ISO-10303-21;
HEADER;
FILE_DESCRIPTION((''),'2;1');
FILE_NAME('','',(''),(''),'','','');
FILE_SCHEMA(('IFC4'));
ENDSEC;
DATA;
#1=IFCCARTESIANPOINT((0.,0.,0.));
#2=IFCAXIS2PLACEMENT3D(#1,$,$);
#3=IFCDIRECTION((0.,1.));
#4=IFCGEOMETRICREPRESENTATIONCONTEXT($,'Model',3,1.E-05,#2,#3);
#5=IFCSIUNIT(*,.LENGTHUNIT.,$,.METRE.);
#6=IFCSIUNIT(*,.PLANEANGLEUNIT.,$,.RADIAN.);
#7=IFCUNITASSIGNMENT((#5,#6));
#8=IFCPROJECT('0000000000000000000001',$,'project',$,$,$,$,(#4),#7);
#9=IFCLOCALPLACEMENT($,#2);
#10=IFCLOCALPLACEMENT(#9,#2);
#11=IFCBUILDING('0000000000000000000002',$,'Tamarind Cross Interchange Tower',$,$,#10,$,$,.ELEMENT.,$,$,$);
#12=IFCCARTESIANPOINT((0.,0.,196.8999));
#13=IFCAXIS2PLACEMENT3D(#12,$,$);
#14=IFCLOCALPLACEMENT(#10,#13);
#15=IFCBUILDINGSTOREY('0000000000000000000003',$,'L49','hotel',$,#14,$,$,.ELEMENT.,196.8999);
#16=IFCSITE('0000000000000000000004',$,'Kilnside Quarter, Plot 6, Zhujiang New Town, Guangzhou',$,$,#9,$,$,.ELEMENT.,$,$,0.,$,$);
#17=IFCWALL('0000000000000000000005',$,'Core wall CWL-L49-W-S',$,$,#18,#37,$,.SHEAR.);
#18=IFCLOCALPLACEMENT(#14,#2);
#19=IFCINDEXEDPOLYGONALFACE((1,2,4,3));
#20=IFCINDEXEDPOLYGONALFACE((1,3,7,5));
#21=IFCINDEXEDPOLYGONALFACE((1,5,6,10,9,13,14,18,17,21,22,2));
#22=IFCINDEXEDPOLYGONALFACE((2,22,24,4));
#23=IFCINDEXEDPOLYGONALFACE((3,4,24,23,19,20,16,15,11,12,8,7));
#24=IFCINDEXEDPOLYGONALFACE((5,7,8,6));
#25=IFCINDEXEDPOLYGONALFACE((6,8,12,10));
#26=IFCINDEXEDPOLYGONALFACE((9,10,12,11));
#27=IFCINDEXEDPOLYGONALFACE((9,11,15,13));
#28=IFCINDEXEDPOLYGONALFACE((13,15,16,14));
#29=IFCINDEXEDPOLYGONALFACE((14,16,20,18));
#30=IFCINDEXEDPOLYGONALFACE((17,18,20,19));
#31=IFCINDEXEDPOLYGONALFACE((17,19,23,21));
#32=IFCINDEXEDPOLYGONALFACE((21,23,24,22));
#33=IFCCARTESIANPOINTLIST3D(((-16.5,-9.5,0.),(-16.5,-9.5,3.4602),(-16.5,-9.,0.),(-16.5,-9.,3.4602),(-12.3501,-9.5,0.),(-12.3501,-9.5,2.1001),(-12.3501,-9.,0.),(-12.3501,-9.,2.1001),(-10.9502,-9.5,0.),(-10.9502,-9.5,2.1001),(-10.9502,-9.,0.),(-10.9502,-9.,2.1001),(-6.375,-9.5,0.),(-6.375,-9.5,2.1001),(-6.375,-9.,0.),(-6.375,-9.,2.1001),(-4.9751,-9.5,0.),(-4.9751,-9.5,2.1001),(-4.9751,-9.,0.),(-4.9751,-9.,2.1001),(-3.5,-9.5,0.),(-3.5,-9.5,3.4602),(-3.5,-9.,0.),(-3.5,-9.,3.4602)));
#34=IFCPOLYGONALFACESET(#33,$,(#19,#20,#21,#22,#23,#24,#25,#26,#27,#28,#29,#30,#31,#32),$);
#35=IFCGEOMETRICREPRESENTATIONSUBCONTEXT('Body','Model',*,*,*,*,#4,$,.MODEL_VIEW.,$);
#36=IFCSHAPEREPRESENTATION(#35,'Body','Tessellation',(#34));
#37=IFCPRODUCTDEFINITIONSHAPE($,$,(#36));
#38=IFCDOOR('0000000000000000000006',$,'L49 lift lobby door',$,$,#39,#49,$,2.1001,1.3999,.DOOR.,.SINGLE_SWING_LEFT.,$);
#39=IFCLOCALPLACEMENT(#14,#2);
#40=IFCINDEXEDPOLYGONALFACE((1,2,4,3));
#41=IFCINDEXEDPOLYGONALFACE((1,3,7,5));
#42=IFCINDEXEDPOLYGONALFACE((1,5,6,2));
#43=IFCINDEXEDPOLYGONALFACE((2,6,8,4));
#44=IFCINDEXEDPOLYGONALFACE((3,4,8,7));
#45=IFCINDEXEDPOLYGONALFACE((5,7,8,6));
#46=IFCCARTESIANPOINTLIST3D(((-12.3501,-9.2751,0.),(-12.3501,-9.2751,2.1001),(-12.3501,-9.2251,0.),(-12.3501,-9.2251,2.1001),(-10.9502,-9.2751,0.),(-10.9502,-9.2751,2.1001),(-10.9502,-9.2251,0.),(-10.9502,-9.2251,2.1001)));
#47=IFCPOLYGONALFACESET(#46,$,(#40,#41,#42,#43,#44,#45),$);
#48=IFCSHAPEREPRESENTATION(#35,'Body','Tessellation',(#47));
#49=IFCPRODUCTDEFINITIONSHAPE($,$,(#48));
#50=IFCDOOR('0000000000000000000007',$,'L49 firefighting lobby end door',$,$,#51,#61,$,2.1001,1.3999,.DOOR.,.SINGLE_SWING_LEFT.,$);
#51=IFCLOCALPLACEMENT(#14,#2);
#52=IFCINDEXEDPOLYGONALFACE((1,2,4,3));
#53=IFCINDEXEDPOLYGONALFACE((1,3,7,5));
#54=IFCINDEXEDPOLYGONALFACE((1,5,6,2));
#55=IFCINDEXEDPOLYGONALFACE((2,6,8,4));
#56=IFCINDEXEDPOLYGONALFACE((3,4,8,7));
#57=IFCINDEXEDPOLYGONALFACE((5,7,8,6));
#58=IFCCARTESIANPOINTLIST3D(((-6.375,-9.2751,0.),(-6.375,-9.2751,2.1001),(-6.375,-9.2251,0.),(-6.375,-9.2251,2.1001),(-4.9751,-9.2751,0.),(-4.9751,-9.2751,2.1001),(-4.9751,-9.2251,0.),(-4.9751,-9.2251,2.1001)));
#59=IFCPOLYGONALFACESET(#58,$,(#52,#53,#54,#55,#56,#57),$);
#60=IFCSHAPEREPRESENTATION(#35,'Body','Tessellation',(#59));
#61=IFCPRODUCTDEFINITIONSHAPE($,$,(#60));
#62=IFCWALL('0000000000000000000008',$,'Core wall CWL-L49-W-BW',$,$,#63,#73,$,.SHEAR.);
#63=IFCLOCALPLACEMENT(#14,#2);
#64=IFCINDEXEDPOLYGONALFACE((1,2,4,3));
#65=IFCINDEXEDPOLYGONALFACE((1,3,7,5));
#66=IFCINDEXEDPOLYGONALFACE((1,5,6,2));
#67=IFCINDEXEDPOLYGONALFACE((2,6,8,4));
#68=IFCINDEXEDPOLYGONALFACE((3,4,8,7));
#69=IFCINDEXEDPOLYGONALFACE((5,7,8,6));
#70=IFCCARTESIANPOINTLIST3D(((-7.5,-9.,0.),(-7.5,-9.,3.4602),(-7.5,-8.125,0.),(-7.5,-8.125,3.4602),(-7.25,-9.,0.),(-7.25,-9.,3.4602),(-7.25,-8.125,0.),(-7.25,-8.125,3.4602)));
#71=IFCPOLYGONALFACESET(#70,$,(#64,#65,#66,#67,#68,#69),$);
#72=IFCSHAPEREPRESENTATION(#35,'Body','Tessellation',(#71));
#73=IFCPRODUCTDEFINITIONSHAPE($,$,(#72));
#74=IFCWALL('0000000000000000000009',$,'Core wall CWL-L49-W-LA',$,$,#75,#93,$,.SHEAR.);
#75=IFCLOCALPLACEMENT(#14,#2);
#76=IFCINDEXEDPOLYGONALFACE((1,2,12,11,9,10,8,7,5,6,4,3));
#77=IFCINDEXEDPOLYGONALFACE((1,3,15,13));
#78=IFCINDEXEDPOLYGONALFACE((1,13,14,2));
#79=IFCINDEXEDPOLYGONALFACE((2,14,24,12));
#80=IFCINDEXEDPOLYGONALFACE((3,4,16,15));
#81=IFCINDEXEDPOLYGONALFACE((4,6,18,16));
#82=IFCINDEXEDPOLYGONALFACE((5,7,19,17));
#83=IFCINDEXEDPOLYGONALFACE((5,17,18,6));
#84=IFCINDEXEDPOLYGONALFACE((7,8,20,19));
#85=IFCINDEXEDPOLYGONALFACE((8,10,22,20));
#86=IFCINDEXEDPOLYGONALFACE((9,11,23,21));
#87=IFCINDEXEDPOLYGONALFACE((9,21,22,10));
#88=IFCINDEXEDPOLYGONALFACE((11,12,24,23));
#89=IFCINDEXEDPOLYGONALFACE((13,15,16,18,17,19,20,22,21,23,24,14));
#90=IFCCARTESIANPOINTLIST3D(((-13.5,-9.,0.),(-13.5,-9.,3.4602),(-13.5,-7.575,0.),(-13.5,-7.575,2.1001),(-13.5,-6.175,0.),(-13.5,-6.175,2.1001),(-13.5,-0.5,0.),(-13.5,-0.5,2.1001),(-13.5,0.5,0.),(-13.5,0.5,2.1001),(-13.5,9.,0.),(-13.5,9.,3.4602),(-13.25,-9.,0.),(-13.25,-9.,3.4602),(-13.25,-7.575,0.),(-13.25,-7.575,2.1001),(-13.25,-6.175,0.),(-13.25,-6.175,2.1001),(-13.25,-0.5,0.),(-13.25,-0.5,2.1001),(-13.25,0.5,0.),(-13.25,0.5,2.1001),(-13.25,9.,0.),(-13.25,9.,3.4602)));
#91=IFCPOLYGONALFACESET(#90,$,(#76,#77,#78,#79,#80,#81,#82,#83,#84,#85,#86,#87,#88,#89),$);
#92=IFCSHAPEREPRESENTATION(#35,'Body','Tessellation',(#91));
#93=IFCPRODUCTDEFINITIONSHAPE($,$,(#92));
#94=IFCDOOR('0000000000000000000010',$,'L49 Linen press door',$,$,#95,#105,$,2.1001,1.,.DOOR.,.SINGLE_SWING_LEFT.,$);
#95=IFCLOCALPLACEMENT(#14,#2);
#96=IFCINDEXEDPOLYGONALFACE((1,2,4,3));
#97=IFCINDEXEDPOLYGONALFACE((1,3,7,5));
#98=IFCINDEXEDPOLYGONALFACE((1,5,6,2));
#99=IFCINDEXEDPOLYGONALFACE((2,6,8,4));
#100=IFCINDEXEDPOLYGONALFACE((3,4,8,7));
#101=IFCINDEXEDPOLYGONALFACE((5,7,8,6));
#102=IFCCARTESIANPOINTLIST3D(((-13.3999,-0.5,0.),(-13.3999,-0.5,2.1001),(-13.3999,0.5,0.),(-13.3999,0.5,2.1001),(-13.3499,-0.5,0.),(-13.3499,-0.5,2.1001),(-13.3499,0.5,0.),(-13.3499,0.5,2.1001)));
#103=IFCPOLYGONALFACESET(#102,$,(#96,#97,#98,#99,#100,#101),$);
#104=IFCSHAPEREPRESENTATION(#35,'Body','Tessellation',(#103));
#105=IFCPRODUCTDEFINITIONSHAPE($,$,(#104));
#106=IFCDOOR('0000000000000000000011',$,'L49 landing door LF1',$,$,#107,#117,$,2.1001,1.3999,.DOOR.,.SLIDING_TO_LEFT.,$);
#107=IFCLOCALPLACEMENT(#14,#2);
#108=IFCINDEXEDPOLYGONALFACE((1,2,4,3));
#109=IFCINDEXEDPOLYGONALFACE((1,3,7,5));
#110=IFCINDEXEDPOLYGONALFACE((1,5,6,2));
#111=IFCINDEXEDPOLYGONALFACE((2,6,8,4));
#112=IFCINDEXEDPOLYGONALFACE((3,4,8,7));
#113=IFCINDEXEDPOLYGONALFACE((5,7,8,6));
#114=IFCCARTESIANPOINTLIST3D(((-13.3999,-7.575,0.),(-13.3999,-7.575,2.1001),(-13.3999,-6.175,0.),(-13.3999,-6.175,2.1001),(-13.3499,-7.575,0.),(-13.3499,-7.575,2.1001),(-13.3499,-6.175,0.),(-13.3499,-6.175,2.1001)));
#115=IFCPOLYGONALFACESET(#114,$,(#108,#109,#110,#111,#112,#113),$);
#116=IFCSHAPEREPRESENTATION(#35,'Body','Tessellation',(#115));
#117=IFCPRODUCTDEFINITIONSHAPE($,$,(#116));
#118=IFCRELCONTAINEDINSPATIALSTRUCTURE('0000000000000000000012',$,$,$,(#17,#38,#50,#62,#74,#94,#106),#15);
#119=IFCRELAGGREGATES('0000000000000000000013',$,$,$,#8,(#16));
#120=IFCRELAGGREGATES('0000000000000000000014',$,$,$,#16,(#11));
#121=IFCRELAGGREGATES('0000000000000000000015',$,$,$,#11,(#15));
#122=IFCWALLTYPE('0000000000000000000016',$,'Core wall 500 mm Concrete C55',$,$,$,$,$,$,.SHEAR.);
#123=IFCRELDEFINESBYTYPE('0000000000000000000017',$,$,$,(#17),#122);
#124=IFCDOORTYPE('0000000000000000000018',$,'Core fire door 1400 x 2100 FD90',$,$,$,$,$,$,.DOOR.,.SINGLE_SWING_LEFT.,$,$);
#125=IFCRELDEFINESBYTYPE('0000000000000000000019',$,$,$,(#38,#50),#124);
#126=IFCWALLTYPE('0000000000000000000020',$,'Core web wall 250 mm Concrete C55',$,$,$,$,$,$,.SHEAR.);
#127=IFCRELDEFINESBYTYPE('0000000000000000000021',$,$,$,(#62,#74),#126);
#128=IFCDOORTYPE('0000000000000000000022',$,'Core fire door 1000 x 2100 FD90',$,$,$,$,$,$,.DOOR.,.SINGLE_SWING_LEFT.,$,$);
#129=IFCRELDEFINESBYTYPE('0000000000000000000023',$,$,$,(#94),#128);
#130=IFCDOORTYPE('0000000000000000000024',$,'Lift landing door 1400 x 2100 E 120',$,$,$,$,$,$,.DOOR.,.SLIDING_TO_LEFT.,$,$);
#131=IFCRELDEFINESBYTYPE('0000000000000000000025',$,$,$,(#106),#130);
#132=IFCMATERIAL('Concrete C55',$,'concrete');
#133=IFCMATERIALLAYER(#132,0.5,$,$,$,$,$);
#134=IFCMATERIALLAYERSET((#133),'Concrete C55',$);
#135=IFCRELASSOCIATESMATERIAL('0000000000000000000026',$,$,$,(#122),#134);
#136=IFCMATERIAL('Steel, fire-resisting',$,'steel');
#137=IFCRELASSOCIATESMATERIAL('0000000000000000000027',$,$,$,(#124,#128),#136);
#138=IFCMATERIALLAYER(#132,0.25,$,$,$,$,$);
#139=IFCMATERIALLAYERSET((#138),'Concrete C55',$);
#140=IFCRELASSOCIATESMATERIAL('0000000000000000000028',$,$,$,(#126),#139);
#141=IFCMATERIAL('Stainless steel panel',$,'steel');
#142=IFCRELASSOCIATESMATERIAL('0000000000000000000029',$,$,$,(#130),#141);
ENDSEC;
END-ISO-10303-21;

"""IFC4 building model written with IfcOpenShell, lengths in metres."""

from ifc_helpers import new_model, si_unit, direction, frame, frame_2d, origin, place, context, subcontext, project, spatial, rectangle, extrude, material, layer, layer_set, type_object, element, fill, save


model = new_model("IFC4")

# Units and contexts
model_context = context("Model", 3, precision=1e-05, world=origin(), true_north=direction((0.0, 1.0)))
body_context = subcontext(model_context, "Body", "Model", "MODEL_VIEW")
ifc_project = project(units=[si_unit("LENGTHUNIT", "METRE"), si_unit("PLANEANGLEUNIT", "RADIAN")], contexts=[model_context])

# Site, building, storey
site_placement = place(None, origin())
site = spatial("IfcSite", under=ifc_project, at=site_placement, Name="Kilnside Quarter, Plot 6, Zhujiang New Town, Guangzhou", CompositionType="ELEMENT", RefElevation=0.0)
building_placement = place(site_placement, origin())
building = spatial("IfcBuilding", under=site, at=building_placement, Name="Tamarind Cross Interchange Tower", CompositionType="ELEMENT")
storey_placement = place(building_placement, frame((0.0, 0.0, 196.8999)))
storey = spatial("IfcBuildingStorey", under=building, at=storey_placement, Name="L49", Description="hotel", CompositionType="ELEMENT", Elevation=196.8999)

# Shared definitions
ifc_material_1 = material(Name="Concrete C55", Category="concrete")

# Wall, openings, doors
ifc_layer_1 = layer(ifc_material_1, 0.5)
ifc_layer_set_1 = layer_set([ifc_layer_1], Name="Concrete C55")
wall_type_1 = type_object("IfcWallType", Name="Core wall 500 mm Concrete C55", PredefinedType="SHEAR", material=ifc_layer_set_1)
wall_1_placement = place(storey_placement, frame((-16.5, -9.25, 0.0), z_axis=(0.0, 0.0, 1.0), x_axis=(1.0, 0.0, 0.0)))
wall_1 = element("IfcWall", 1, at=wall_1_placement, inside=storey, type_object=wall_type_1, Name="Core wall CWL-L49-W-S", PredefinedType="SHEAR", context=body_context, shape_type="SweptSolid", body=[
    extrude(rectangle(XDim=13.0, YDim=0.5, at=frame_2d((6.5, 0.0))), origin(), (0.0, 0.0, 1.0), 3.4602),
])
opening_1_placement = place(wall_1_placement, frame((4.1499, 0.0, 0.0)))
opening_1 = element("IfcOpeningElement", 2, at=opening_1_placement, cuts=wall_1, PredefinedType="OPENING", context=body_context, shape_type="SweptSolid", body=[
    extrude(rectangle(XDim=1.3999, YDim=2.1001, at=frame_2d((0.7, 1.05))), frame((0.0, 0.26, 0.0), z_axis=(0.0, -1.0, 0.0), x_axis=(1.0, 0.0, 0.0)), (0.0, 0.0, 1.0), 0.52),
])
opening_2_placement = place(wall_1_placement, frame((10.125, 0.0, 0.0)))
opening_2 = element("IfcOpeningElement", 3, at=opening_2_placement, cuts=wall_1, PredefinedType="OPENING", context=body_context, shape_type="SweptSolid", body=[
    extrude(rectangle(XDim=1.3999, YDim=2.1001, at=frame_2d((0.7, 1.05))), frame((0.0, 0.26, 0.0), z_axis=(0.0, -1.0, 0.0), x_axis=(1.0, 0.0, 0.0)), (0.0, 0.0, 1.0), 0.52),
])
ifc_material_2 = material(Name="Steel, fire-resisting", Category="steel")
door_type_1 = type_object("IfcDoorType", Name="Core fire door 1400 x 2100 FD90", OperationType="SINGLE_SWING_LEFT", PredefinedType="DOOR", material=ifc_material_2)
door_1_placement = place(opening_1_placement, origin())
door_1 = element("IfcDoor", 4, at=door_1_placement, inside=storey, type_object=door_type_1, Name="L49 lift lobby door", OperationType="SINGLE_SWING_LEFT", OverallHeight=2.1001, OverallWidth=1.3999, PredefinedType="DOOR", context=body_context, shape_type="SweptSolid", body=[
    extrude(rectangle(XDim=1.3999, YDim=2.1001, at=frame_2d((0.7, 1.05))), frame((0.0, 0.0249, 0.0), z_axis=(0.0, -1.0, 0.0), x_axis=(1.0, 0.0, 0.0)), (0.0, 0.0, 1.0), 0.05),
])
fill(opening_1, door_1)
door_2_placement = place(opening_2_placement, origin())
door_2 = element("IfcDoor", 5, at=door_2_placement, inside=storey, type_object=door_type_1, Name="L49 firefighting lobby end door", OperationType="SINGLE_SWING_LEFT", OverallHeight=2.1001, OverallWidth=1.3999, PredefinedType="DOOR", context=body_context, shape_type="SweptSolid", body=[
    extrude(rectangle(XDim=1.3999, YDim=2.1001, at=frame_2d((0.7, 1.05))), frame((0.0, 0.0249, 0.0), z_axis=(0.0, -1.0, 0.0), x_axis=(1.0, 0.0, 0.0)), (0.0, 0.0, 1.0), 0.05),
])
fill(opening_2, door_2)

# Wall
ifc_layer_2 = layer(ifc_material_1, 0.25)
ifc_layer_set_2 = layer_set([ifc_layer_2], Name="Concrete C55")
wall_type_2 = type_object("IfcWallType", Name="Core web wall 250 mm Concrete C55", PredefinedType="SHEAR", material=ifc_layer_set_2)
wall_2_placement = place(storey_placement, frame((-7.375, -9.0, 0.0), z_axis=(0.0, 0.0, 1.0), x_axis=(0.0, 1.0, 0.0)))
element("IfcWall", 6, at=wall_2_placement, inside=storey, type_object=wall_type_2, Name="Core wall CWL-L49-W-BW", PredefinedType="SHEAR", context=body_context, shape_type="SweptSolid", body=[
    extrude(rectangle(XDim=0.875, YDim=0.25, at=frame_2d((0.4375, 0.0))), origin(), (0.0, 0.0, 1.0), 3.4602),
])

# Wall, openings, doors
wall_3_placement = place(storey_placement, frame((-13.375, -9.0, 0.0), z_axis=(0.0, 0.0, 1.0), x_axis=(0.0, 1.0, 0.0)))
wall_3 = element("IfcWall", 7, at=wall_3_placement, inside=storey, type_object=wall_type_2, Name="Core wall CWL-L49-W-LA", PredefinedType="SHEAR", context=body_context, shape_type="SweptSolid", body=[
    extrude(rectangle(XDim=18.0, YDim=0.25, at=frame_2d((9.0, 0.0))), origin(), (0.0, 0.0, 1.0), 3.4602),
])
opening_3_placement = place(wall_3_placement, frame((1.425, 0.0, 0.0)))
opening_3 = element("IfcOpeningElement", 8, at=opening_3_placement, cuts=wall_3, PredefinedType="OPENING", context=body_context, shape_type="SweptSolid", body=[
    extrude(rectangle(XDim=1.3999, YDim=2.1001, at=frame_2d((0.7, 1.05))), frame((0.0, 0.135, 0.0), z_axis=(0.0, -1.0, 0.0), x_axis=(1.0, 0.0, 0.0)), (0.0, 0.0, 1.0), 0.27),
])
opening_4_placement = place(wall_3_placement, frame((8.5, 0.0, 0.0)))
opening_4 = element("IfcOpeningElement", 9, at=opening_4_placement, cuts=wall_3, PredefinedType="OPENING", context=body_context, shape_type="SweptSolid", body=[
    extrude(rectangle(XDim=1.0, YDim=2.1001, at=frame_2d((0.5, 1.05))), frame((0.0, 0.135, 0.0), z_axis=(0.0, -1.0, 0.0), x_axis=(1.0, 0.0, 0.0)), (0.0, 0.0, 1.0), 0.27),
])
door_type_2 = type_object("IfcDoorType", Name="Core fire door 1000 x 2100 FD90", OperationType="SINGLE_SWING_LEFT", PredefinedType="DOOR", material=ifc_material_2)
door_3_placement = place(opening_4_placement, origin())
door_3 = element("IfcDoor", 10, at=door_3_placement, inside=storey, type_object=door_type_2, Name="L49 Linen press door", OperationType="SINGLE_SWING_LEFT", OverallHeight=2.1001, OverallWidth=1.0, PredefinedType="DOOR", context=body_context, shape_type="SweptSolid", body=[
    extrude(rectangle(XDim=1.0, YDim=2.1001, at=frame_2d((0.5, 1.05))), frame((0.0, 0.0249, 0.0), z_axis=(0.0, -1.0, 0.0), x_axis=(1.0, 0.0, 0.0)), (0.0, 0.0, 1.0), 0.05),
])
fill(opening_4, door_3)
ifc_material_3 = material(Name="Stainless steel panel", Category="steel")
door_type_3 = type_object("IfcDoorType", Name="Lift landing door 1400 x 2100 E 120", OperationType="SLIDING_TO_LEFT", PredefinedType="DOOR", material=ifc_material_3)
door_4_placement = place(opening_3_placement, origin())
door_4 = element("IfcDoor", 11, at=door_4_placement, inside=storey, type_object=door_type_3, Name="L49 landing door LF1", OperationType="SLIDING_TO_LEFT", OverallHeight=2.1001, OverallWidth=1.3999, PredefinedType="DOOR", context=body_context, shape_type="SweptSolid", body=[
    extrude(rectangle(XDim=1.3999, YDim=2.1001, at=frame_2d((0.7, 1.05))), frame((0.0, 0.0249, 0.0), z_axis=(0.0, -1.0, 0.0), x_axis=(1.0, 0.0, 0.0)), (0.0, 0.0, 1.0), 0.05),
])
fill(opening_3, door_4)

save(model, "model.ifc")
